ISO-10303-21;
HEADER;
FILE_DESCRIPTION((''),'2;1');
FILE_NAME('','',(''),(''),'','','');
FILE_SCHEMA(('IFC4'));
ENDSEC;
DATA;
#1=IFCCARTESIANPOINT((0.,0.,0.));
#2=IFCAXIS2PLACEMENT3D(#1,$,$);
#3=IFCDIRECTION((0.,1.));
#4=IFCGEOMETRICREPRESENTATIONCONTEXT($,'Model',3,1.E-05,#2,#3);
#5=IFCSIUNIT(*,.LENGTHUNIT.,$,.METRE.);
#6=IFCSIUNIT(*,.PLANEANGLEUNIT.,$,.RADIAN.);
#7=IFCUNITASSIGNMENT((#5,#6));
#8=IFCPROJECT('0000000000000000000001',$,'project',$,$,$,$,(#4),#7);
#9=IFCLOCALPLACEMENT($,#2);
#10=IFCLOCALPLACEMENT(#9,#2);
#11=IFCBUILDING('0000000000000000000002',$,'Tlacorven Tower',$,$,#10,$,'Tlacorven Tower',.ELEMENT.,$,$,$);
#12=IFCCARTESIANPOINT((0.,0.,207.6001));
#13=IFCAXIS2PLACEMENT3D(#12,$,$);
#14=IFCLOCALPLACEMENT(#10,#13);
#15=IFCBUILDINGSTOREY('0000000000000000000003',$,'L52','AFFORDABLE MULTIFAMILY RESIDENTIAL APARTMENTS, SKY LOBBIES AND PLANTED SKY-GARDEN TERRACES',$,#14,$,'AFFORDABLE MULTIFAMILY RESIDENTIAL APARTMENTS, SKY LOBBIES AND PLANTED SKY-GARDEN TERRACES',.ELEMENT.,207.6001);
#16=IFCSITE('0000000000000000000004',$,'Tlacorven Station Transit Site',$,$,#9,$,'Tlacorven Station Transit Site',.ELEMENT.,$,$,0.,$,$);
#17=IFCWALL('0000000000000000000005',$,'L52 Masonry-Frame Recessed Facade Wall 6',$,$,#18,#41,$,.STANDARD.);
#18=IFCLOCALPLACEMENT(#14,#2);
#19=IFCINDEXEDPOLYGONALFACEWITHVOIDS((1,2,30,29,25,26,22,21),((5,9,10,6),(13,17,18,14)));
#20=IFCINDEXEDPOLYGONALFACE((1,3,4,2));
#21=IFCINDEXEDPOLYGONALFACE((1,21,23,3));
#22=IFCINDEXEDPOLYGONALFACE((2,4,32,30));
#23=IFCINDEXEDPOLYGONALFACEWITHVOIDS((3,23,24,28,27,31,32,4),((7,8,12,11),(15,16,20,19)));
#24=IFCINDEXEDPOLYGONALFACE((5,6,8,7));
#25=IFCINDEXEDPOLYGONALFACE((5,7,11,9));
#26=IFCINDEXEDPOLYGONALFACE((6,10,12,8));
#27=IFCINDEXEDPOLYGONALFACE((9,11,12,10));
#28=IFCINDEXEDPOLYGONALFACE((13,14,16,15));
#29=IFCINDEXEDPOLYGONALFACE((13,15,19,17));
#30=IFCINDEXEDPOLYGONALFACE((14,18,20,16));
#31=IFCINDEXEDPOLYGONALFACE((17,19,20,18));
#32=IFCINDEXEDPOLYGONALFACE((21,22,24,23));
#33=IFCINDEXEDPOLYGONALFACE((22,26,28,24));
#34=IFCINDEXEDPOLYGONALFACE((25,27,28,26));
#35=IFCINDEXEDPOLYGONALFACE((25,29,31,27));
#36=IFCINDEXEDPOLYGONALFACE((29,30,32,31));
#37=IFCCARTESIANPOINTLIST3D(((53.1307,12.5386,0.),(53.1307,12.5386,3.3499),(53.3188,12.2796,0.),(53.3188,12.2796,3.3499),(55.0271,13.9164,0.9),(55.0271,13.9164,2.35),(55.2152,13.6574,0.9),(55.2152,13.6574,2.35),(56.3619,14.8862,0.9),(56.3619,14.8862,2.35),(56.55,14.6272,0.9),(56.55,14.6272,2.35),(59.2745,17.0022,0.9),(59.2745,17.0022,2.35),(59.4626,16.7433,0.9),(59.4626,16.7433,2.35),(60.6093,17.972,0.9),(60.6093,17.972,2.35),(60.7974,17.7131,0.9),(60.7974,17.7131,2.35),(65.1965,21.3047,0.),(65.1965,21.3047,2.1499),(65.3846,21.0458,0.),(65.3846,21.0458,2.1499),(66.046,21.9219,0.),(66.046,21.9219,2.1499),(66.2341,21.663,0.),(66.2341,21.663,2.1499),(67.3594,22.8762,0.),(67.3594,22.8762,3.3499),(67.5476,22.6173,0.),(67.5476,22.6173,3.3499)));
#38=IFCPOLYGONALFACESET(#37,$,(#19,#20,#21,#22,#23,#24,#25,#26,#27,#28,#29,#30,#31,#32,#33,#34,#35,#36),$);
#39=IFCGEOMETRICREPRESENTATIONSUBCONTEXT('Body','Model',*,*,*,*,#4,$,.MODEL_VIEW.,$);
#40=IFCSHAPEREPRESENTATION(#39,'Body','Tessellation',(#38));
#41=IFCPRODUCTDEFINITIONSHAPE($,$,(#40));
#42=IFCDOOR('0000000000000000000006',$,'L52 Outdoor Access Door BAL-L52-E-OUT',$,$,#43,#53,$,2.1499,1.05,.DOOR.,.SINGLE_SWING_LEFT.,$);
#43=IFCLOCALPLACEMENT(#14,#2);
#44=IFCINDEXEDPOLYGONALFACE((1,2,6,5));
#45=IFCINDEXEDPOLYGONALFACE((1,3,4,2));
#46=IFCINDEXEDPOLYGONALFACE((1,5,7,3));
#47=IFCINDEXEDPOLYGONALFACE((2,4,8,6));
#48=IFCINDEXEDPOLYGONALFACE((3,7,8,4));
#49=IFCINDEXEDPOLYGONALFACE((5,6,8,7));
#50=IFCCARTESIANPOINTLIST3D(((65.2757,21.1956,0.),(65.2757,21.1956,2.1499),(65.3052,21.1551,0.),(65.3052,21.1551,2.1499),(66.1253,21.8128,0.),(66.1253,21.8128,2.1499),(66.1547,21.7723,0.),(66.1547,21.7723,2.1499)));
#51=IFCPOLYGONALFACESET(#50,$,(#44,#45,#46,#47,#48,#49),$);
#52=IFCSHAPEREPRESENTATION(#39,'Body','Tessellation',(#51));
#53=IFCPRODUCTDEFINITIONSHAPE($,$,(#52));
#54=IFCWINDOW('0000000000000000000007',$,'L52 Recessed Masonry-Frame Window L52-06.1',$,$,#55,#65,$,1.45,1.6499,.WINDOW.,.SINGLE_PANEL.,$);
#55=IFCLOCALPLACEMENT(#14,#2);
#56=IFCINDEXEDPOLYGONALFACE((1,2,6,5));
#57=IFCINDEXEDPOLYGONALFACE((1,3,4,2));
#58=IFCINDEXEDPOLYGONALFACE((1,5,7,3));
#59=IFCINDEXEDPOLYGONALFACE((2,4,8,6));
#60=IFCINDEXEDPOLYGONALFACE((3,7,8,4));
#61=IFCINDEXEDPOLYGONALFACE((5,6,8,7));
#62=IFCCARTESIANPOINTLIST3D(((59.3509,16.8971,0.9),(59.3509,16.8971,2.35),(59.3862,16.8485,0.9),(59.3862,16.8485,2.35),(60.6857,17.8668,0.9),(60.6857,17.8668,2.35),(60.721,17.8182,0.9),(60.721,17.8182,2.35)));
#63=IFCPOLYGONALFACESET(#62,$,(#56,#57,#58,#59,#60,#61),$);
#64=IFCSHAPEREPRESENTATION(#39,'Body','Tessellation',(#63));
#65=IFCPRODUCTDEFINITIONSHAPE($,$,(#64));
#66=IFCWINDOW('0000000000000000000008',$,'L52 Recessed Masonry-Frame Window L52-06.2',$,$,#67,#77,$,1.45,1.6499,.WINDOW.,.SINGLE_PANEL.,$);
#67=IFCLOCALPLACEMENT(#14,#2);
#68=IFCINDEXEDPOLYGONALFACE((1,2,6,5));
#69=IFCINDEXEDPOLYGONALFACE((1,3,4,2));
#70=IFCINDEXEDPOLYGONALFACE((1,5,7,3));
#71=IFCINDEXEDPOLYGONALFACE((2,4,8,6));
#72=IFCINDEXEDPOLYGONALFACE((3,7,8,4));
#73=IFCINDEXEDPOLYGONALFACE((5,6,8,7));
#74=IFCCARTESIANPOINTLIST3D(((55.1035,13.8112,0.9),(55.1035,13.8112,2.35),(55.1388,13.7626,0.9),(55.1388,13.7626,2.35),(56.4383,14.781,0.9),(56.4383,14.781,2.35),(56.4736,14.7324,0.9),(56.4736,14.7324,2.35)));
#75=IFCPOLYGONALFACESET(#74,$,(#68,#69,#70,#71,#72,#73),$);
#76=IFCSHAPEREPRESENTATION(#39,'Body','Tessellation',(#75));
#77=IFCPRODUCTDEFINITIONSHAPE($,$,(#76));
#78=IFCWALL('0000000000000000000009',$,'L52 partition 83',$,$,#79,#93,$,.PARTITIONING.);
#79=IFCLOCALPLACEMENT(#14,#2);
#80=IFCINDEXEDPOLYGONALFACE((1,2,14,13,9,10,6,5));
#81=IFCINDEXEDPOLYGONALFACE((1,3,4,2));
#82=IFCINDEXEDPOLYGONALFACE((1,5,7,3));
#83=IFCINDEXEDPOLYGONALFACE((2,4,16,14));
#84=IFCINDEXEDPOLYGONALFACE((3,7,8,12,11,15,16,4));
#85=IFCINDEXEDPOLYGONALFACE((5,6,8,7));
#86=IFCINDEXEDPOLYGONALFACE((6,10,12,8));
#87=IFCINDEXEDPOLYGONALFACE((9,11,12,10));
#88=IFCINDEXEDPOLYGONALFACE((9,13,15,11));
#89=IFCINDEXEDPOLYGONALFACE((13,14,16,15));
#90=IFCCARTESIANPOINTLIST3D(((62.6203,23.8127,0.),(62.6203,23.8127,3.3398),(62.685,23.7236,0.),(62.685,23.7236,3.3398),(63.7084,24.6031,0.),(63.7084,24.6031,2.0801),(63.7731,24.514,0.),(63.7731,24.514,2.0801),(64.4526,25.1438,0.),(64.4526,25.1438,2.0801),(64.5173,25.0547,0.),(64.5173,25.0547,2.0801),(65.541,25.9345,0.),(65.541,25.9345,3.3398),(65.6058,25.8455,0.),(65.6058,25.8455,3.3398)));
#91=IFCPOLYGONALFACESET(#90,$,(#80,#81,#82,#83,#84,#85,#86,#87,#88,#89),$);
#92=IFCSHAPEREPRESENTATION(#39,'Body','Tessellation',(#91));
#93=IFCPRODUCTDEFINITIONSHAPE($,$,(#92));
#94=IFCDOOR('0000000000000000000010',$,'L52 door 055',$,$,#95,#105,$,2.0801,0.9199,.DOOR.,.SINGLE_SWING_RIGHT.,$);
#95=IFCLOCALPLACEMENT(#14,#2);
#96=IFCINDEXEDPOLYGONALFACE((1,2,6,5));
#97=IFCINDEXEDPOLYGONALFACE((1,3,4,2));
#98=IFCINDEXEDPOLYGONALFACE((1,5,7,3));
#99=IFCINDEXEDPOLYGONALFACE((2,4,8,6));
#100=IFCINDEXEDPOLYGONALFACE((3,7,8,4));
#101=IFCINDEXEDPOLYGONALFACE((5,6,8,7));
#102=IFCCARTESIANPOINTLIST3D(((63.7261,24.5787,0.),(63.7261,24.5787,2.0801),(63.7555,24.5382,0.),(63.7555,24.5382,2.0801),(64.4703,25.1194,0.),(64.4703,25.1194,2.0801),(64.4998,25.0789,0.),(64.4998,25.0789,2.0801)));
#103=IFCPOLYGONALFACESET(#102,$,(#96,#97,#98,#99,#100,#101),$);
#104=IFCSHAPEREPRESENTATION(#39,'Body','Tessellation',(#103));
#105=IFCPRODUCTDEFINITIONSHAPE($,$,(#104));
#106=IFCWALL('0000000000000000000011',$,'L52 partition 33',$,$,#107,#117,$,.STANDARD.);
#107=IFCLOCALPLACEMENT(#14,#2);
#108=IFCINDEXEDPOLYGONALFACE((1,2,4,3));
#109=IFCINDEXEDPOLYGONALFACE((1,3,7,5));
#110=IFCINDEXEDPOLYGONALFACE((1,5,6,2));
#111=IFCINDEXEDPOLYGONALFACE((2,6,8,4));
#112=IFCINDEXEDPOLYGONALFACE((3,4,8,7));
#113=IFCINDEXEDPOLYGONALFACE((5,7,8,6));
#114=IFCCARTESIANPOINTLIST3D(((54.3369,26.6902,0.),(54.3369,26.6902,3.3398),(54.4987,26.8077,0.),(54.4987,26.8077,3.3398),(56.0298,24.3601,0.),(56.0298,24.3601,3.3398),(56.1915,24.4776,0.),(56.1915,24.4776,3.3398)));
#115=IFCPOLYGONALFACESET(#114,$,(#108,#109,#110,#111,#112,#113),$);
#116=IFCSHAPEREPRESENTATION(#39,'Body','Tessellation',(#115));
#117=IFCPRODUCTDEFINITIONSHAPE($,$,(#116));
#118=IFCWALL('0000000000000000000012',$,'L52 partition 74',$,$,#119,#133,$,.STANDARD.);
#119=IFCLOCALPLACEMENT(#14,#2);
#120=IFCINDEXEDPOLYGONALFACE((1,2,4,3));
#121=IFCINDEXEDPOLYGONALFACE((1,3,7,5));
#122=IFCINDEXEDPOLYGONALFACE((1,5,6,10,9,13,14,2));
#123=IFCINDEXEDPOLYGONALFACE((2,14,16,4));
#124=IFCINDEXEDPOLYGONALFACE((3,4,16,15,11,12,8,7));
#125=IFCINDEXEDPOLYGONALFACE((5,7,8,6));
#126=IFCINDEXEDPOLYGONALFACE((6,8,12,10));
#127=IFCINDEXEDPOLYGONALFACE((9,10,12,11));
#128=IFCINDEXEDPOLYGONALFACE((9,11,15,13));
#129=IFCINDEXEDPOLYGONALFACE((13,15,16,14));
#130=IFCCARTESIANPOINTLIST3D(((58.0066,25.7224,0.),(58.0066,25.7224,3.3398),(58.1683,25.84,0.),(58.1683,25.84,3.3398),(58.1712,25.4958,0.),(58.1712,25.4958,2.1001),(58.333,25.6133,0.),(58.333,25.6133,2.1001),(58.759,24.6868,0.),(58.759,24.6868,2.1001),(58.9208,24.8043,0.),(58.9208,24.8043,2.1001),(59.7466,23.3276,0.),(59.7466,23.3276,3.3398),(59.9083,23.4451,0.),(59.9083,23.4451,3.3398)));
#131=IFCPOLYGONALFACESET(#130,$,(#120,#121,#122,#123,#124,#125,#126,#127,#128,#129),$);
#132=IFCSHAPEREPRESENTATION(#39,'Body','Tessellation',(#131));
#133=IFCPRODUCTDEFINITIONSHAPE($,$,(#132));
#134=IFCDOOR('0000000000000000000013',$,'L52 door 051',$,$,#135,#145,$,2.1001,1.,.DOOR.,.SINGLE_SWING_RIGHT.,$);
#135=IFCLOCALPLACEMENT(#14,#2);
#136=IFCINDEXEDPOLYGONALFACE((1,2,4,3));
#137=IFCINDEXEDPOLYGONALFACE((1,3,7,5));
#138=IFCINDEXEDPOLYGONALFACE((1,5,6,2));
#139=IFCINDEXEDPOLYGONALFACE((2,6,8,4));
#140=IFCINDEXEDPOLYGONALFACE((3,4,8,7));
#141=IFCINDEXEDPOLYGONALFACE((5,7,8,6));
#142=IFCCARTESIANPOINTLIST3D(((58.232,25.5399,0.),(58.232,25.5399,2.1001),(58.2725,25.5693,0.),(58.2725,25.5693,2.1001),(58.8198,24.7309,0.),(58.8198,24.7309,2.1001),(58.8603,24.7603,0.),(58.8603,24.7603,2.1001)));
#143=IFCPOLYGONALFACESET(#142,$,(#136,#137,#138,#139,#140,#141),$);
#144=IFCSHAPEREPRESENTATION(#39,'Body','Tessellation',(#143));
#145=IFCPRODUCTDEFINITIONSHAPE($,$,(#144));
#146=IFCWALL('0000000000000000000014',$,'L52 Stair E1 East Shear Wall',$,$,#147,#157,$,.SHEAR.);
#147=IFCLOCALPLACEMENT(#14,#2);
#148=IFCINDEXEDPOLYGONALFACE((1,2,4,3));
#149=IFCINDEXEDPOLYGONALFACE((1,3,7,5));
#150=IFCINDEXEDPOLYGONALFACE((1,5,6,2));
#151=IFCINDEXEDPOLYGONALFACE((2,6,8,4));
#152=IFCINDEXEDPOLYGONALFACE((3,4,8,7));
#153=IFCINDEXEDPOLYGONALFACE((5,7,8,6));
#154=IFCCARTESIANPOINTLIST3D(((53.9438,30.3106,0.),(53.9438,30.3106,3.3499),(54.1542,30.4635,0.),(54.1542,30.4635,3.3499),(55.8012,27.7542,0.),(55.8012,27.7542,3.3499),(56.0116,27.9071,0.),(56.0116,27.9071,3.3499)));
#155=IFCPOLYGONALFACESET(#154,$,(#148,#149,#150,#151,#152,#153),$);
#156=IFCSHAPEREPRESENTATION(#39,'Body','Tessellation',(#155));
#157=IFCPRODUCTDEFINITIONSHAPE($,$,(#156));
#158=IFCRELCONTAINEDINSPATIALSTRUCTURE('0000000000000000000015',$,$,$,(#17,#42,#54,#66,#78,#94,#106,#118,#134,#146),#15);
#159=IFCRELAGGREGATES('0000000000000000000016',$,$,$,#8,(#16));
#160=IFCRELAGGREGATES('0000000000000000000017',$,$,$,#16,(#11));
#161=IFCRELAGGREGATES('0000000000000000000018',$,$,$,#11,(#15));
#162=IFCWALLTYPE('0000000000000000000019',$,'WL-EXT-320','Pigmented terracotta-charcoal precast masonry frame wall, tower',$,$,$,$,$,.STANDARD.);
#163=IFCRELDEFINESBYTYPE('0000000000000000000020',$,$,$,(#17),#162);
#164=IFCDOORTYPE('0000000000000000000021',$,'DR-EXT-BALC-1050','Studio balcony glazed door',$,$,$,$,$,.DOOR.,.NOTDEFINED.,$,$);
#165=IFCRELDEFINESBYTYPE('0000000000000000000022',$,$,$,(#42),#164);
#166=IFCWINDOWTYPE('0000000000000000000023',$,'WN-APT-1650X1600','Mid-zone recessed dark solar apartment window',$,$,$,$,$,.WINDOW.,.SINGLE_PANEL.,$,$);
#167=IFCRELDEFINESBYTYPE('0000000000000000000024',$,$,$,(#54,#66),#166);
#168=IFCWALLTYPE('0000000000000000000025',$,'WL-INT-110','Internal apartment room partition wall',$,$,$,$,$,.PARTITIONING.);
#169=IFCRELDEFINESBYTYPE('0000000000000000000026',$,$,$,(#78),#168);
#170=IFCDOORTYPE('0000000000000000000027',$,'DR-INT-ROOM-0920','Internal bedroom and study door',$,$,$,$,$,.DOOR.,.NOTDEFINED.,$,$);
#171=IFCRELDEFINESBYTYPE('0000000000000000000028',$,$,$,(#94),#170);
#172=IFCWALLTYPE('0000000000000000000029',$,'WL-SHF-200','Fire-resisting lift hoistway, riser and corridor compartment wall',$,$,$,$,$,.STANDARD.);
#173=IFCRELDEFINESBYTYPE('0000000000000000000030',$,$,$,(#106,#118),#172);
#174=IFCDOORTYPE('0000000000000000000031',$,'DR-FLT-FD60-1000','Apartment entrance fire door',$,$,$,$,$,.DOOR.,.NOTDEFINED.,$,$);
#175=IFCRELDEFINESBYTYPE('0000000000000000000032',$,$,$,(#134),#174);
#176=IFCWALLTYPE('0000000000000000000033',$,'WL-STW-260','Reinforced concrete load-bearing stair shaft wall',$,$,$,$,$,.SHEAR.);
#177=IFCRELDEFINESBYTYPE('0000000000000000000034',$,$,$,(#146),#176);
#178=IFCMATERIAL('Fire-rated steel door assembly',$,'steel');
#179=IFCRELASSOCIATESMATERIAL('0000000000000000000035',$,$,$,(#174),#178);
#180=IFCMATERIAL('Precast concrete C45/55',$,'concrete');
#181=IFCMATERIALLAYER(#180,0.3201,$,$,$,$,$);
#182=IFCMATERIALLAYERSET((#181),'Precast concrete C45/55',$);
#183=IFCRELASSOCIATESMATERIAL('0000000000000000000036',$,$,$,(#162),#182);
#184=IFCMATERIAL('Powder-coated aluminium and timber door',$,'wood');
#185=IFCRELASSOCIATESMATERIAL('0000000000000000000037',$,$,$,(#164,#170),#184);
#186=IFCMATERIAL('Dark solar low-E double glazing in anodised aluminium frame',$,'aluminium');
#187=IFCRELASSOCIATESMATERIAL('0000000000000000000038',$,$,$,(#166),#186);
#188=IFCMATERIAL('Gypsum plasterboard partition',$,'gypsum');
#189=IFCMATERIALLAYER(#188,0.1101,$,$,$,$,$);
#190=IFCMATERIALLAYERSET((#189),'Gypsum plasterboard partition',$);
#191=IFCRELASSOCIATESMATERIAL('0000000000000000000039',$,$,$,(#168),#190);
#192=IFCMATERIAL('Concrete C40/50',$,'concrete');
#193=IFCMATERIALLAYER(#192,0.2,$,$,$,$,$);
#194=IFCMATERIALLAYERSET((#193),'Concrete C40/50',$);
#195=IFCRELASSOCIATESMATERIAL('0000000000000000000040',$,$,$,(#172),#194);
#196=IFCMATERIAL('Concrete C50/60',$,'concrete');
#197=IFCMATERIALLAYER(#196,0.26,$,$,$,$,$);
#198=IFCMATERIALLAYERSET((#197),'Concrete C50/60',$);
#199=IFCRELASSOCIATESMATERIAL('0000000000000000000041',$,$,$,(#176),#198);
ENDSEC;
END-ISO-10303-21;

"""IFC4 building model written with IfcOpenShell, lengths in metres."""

from ifc_helpers import new_model, si_unit, direction, frame, frame_2d, origin, place, context, subcontext, project, spatial, rectangle, extrude, source, transform, mapped, material, layer, layer_set, type_object, element, fill, save


model = new_model("IFC4")

# Units and contexts
model_context = context("Model", 3, precision=1e-05, world=origin(), true_north=direction((0.0, 1.0)))
body_context = subcontext(model_context, "Body", "Model", "MODEL_VIEW")
ifc_project = project(units=[si_unit("LENGTHUNIT", "METRE"), si_unit("PLANEANGLEUNIT", "RADIAN")], contexts=[model_context])

# Site, building, storey
site_placement = place(None, origin())
site = spatial("IfcSite", under=ifc_project, at=site_placement, Name="Tlacorven Station Transit Site", LongName="Tlacorven Station Transit Site", CompositionType="ELEMENT", RefElevation=0.0)
building_placement = place(site_placement, origin())
building = spatial("IfcBuilding", under=site, at=building_placement, Name="Tlacorven Tower", LongName="Tlacorven Tower", CompositionType="ELEMENT")
storey_placement = place(building_placement, frame((0.0, 0.0, 207.6001)))
storey = spatial("IfcBuildingStorey", under=building, at=storey_placement, Name="L52", Description="AFFORDABLE MULTIFAMILY RESIDENTIAL APARTMENTS, SKY LOBBIES AND PLANTED SKY-GARDEN TERRACES", LongName="AFFORDABLE MULTIFAMILY RESIDENTIAL APARTMENTS, SKY LOBBIES AND PLANTED SKY-GARDEN TERRACES", CompositionType="ELEMENT", Elevation=207.6001)

# Shared definitions
ifc_material_1 = material(Name="Concrete C50/60", Category="concrete")

# Shared definitions
ifc_material_2 = material(Name="Fire-rated steel door assembly", Category="steel")
door_type_1 = type_object("IfcDoorType", Name="DR-FLT-FD60-1000", Description="Apartment entrance fire door", OperationType="NOTDEFINED", PredefinedType="DOOR", material=ifc_material_2)
shared_shape_1 = source(origin(), body_context, "Body", "SweptSolid", [
    extrude(rectangle(XDim=1.0, YDim=2.1001, at=frame_2d((0.5, 1.05))), frame((0.0, 0.0249, 0.0), z_axis=(0.0, -1.0, 0.0), x_axis=(1.0, 0.0, 0.0)), (0.0, 0.0, 1.0), 0.05),
])

# Wall, openings, door, windows
ifc_material_3 = material(Name="Precast concrete C45/55", Category="concrete")
ifc_layer_1 = layer(ifc_material_3, 0.3201)
ifc_layer_set_1 = layer_set([ifc_layer_1], Name="Precast concrete C45/55")
wall_type_1 = type_object("IfcWallType", Name="WL-EXT-320", Description="Pigmented terracotta-charcoal precast masonry frame wall, tower", PredefinedType="STANDARD", material=ifc_layer_set_1)
wall_1_placement = place(storey_placement, frame((67.4536, 22.7468, 0.0), z_axis=(0.0, 0.0, 1.0), x_axis=(-0.809021, -0.58778, 0.0)))
wall_1 = element("IfcWall", 1, at=wall_1_placement, inside=storey, type_object=wall_type_1, Name="L52 Masonry-Frame Recessed Facade Wall 6", PredefinedType="STANDARD", context=body_context, shape_type="SweptSolid", body=[
    extrude(rectangle(XDim=17.5876, YDim=0.3201, at=frame_2d((8.7939, 0.0))), origin(), (0.0, 0.0, 1.0), 3.3499),
])
opening_1_placement = place(wall_1_placement, frame((1.6238, 0.0, 0.0)))
opening_1 = element("IfcOpeningElement", 2, at=opening_1_placement, cuts=wall_1, PredefinedType="OPENING", context=body_context, shape_type="SweptSolid", body=[
    extrude(rectangle(XDim=1.05, YDim=2.1499, at=frame_2d((0.5249, 1.075))), frame((0.0, 0.1699, 0.0), z_axis=(0.0, -1.0, 0.0), x_axis=(1.0, 0.0, 0.0)), (0.0, 0.0, 1.0), 0.3401),
])
opening_2_placement = place(wall_1_placement, frame((8.3438, 0.0, 0.8999)))
opening_2 = element("IfcOpeningElement", 3, at=opening_2_placement, cuts=wall_1, PredefinedType="OPENING", context=body_context, shape_type="SweptSolid", body=[
    extrude(rectangle(XDim=1.6499, YDim=1.45, at=frame_2d((0.825, 0.7251))), frame((0.0, 0.1699, 0.0), z_axis=(0.0, -1.0, 0.0), x_axis=(1.0, 0.0, 0.0)), (0.0, 0.0, 1.0), 0.3401),
])
opening_3_placement = place(wall_1_placement, frame((13.5938, 0.0, 0.8999)))
opening_3 = element("IfcOpeningElement", 4, at=opening_3_placement, cuts=wall_1, PredefinedType="OPENING", context=body_context, shape_type="SweptSolid", body=[
    extrude(rectangle(XDim=1.6499, YDim=1.45, at=frame_2d((0.825, 0.7251))), frame((0.0, 0.1699, 0.0), z_axis=(0.0, -1.0, 0.0), x_axis=(1.0, 0.0, 0.0)), (0.0, 0.0, 1.0), 0.3401),
])
ifc_material_4 = material(Name="Powder-coated aluminium and timber door", Category="wood")
door_type_2 = type_object("IfcDoorType", Name="DR-EXT-BALC-1050", Description="Studio balcony glazed door", OperationType="NOTDEFINED", PredefinedType="DOOR", material=ifc_material_4)
shared_shape_2 = source(origin(), body_context, "Body", "SweptSolid", [
    extrude(rectangle(XDim=1.05, YDim=2.1499, at=frame_2d((0.5249, 1.075))), frame((0.0, 0.0249, 0.0), z_axis=(0.0, -1.0, 0.0), x_axis=(1.0, 0.0, 0.0)), (0.0, 0.0, 1.0), 0.05),
])
door_1_placement = place(opening_1_placement, origin())
door_1 = element("IfcDoor", 5, at=door_1_placement, inside=storey, type_object=door_type_2, Name="L52 Outdoor Access Door BAL-L52-E-OUT", OperationType="SINGLE_SWING_LEFT", OverallHeight=2.1499, OverallWidth=1.05, PredefinedType="DOOR", context=body_context, shape_type="MappedRepresentation", body=[
    mapped(shared_shape_2, transform((0.0, 0.0, 0.0), scale=1.0)),
])
fill(opening_1, door_1)
ifc_material_5 = material(Name="Dark solar low-E double glazing in anodised aluminium frame", Category="aluminium")
window_type = type_object("IfcWindowType", Name="WN-APT-1650X1600", Description="Mid-zone recessed dark solar apartment window", PartitioningType="SINGLE_PANEL", PredefinedType="WINDOW", material=ifc_material_5)
shared_shape_3 = source(origin(), body_context, "Body", "SweptSolid", [
    extrude(rectangle(XDim=1.6499, YDim=1.45, at=frame_2d((0.825, 0.7251))), frame((0.0, 0.03, 0.0), z_axis=(0.0, -1.0, 0.0), x_axis=(1.0, 0.0, 0.0)), (0.0, 0.0, 1.0), 0.0601),
])
window_1_placement = place(opening_2_placement, origin())
window_1 = element("IfcWindow", 6, at=window_1_placement, inside=storey, type_object=window_type, Name="L52 Recessed Masonry-Frame Window L52-06.1", OverallHeight=1.45, OverallWidth=1.6499, PartitioningType="SINGLE_PANEL", PredefinedType="WINDOW", context=body_context, shape_type="MappedRepresentation", body=[
    mapped(shared_shape_3, transform((0.0, 0.0, 0.0), scale=1.0)),
])
fill(opening_2, window_1)
window_2_placement = place(opening_3_placement, origin())
window_2 = element("IfcWindow", 7, at=window_2_placement, inside=storey, type_object=window_type, Name="L52 Recessed Masonry-Frame Window L52-06.2", OverallHeight=1.45, OverallWidth=1.6499, PartitioningType="SINGLE_PANEL", PredefinedType="WINDOW", context=body_context, shape_type="MappedRepresentation", body=[
    mapped(shared_shape_3, transform((0.0, 0.0, 0.0), scale=1.0)),
])
fill(opening_3, window_2)

# Wall, opening, door
ifc_material_6 = material(Name="Gypsum plasterboard partition", Category="gypsum")
ifc_layer_2 = layer(ifc_material_6, 0.1101)
ifc_layer_set_2 = layer_set([ifc_layer_2], Name="Gypsum plasterboard partition")
wall_type_2 = type_object("IfcWallType", Name="WL-INT-110", Description="Internal apartment room partition wall", PredefinedType="PARTITIONING", material=ifc_layer_set_2)
wall_2_placement = place(storey_placement, frame((62.6526, 23.7681, 0.0), z_axis=(0.0, 0.0, 1.0), x_axis=(0.809037, 0.587757, 0.0)))
wall_2 = element("IfcWall", 8, at=wall_2_placement, inside=storey, type_object=wall_type_2, Name="L52 partition 83", PredefinedType="PARTITIONING", context=body_context, shape_type="SweptSolid", body=[
    extrude(rectangle(XDim=3.6101, YDim=0.1101, at=frame_2d((1.8052, 0.0))), origin(), (0.0, 0.0, 1.0), 3.3398),
])
opening_4_placement = place(wall_2_placement, frame((1.345, 0.0, 0.0)))
opening_4 = element("IfcOpeningElement", 9, at=opening_4_placement, cuts=wall_2, PredefinedType="OPENING", context=body_context, shape_type="SweptSolid", body=[
    extrude(rectangle(XDim=0.9199, YDim=2.0801, at=frame_2d((0.46, 1.04))), frame((0.0, 0.0649, 0.0), z_axis=(0.0, -1.0, 0.0), x_axis=(1.0, 0.0, 0.0)), (0.0, 0.0, 1.0), 0.1301),
])
door_type_3 = type_object("IfcDoorType", Name="DR-INT-ROOM-0920", Description="Internal bedroom and study door", OperationType="NOTDEFINED", PredefinedType="DOOR", material=ifc_material_4)
shared_shape_4 = source(origin(), body_context, "Body", "SweptSolid", [
    extrude(rectangle(XDim=0.9199, YDim=2.0801, at=frame_2d((0.46, 1.04))), frame((0.0, 0.0249, 0.0), z_axis=(0.0, -1.0, 0.0), x_axis=(1.0, 0.0, 0.0)), (0.0, 0.0, 1.0), 0.05),
])
door_2_placement = place(opening_4_placement, origin())
door_2 = element("IfcDoor", 10, at=door_2_placement, inside=storey, type_object=door_type_3, Name="L52 door 055", OperationType="SINGLE_SWING_RIGHT", OverallHeight=2.0801, OverallWidth=0.9199, PredefinedType="DOOR", context=body_context, shape_type="MappedRepresentation", body=[
    mapped(shared_shape_4, transform((0.0, 0.0, 0.0), scale=1.0)),
])
fill(opening_4, door_2)

# Wall
ifc_material_7 = material(Name="Concrete C40/50", Category="concrete")
ifc_layer_3 = layer(ifc_material_7, 0.2)
ifc_layer_set_3 = layer_set([ifc_layer_3], Name="Concrete C40/50")
wall_type_3 = type_object("IfcWallType", Name="WL-SHF-200", Description="Fire-resisting lift hoistway, riser and corridor compartment wall", PredefinedType="STANDARD", material=ifc_layer_set_3)
wall_3_placement = place(storey_placement, frame((56.1106, 24.4189, 0.0), z_axis=(0.0, 0.0, 1.0), x_axis=(-0.587778, 0.809022, 0.0)))
element("IfcWall", 11, at=wall_3_placement, inside=storey, type_object=wall_type_3, Name="L52 partition 33", PredefinedType="STANDARD", context=body_context, shape_type="SweptSolid", body=[
    extrude(rectangle(XDim=2.8801, YDim=0.2, at=frame_2d((1.4399, 0.0))), origin(), (0.0, 0.0, 1.0), 3.3398),
])

# Wall, opening, door
wall_4_placement = place(storey_placement, frame((59.8274, 23.3865, 0.0), z_axis=(0.0, 0.0, 1.0), x_axis=(-0.587804, 0.809003, 0.0)))
wall_4 = element("IfcWall", 12, at=wall_4_placement, inside=storey, type_object=wall_type_3, Name="L52 partition 74", PredefinedType="STANDARD", context=body_context, shape_type="SweptSolid", body=[
    extrude(rectangle(XDim=2.9602, YDim=0.2, at=frame_2d((1.48, 0.0))), origin(), (0.0, 0.0, 1.0), 3.3398),
])
opening_5_placement = place(wall_4_placement, frame((1.6799, 0.0, 0.0)))
opening_5 = element("IfcOpeningElement", 13, at=opening_5_placement, cuts=wall_4, PredefinedType="OPENING", context=body_context, shape_type="SweptSolid", body=[
    extrude(rectangle(XDim=1.0, YDim=2.1001, at=frame_2d((0.5, 1.05))), frame((0.0, 0.1099, 0.0), z_axis=(0.0, -1.0, 0.0), x_axis=(1.0, 0.0, 0.0)), (0.0, 0.0, 1.0), 0.22),
])
door_3_placement = place(opening_5_placement, origin())
door_3 = element("IfcDoor", 14, at=door_3_placement, inside=storey, type_object=door_type_1, Name="L52 door 051", OperationType="SINGLE_SWING_RIGHT", OverallHeight=2.1001, OverallWidth=1.0, PredefinedType="DOOR", context=body_context, shape_type="MappedRepresentation", body=[
    mapped(shared_shape_1, transform((0.0, 0.0, 0.0), scale=1.0)),
])
fill(opening_5, door_3)

# Wall
ifc_layer_4 = layer(ifc_material_1, 0.26)
ifc_layer_set_4 = layer_set([ifc_layer_4], Name="Concrete C50/60")
wall_type_4 = type_object("IfcWallType", Name="WL-STW-260", Description="Reinforced concrete load-bearing stair shaft wall", PredefinedType="SHEAR", material=ifc_layer_set_4)
wall_5_placement = place(storey_placement, frame((55.9065, 27.8306, 0.0), z_axis=(0.0, 0.0, 1.0), x_axis=(-0.587804, 0.809003, 0.0)))
element("IfcWall", 15, at=wall_5_placement, inside=storey, type_object=wall_type_4, Name="L52 Stair E1 East Shear Wall", PredefinedType="SHEAR", context=body_context, shape_type="SweptSolid", body=[
    extrude(rectangle(XDim=3.1599, YDim=0.26, at=frame_2d((1.5801, 0.0))), origin(), (0.0, 0.0, 1.0), 3.3499),
])

save(model, "model.ifc")
